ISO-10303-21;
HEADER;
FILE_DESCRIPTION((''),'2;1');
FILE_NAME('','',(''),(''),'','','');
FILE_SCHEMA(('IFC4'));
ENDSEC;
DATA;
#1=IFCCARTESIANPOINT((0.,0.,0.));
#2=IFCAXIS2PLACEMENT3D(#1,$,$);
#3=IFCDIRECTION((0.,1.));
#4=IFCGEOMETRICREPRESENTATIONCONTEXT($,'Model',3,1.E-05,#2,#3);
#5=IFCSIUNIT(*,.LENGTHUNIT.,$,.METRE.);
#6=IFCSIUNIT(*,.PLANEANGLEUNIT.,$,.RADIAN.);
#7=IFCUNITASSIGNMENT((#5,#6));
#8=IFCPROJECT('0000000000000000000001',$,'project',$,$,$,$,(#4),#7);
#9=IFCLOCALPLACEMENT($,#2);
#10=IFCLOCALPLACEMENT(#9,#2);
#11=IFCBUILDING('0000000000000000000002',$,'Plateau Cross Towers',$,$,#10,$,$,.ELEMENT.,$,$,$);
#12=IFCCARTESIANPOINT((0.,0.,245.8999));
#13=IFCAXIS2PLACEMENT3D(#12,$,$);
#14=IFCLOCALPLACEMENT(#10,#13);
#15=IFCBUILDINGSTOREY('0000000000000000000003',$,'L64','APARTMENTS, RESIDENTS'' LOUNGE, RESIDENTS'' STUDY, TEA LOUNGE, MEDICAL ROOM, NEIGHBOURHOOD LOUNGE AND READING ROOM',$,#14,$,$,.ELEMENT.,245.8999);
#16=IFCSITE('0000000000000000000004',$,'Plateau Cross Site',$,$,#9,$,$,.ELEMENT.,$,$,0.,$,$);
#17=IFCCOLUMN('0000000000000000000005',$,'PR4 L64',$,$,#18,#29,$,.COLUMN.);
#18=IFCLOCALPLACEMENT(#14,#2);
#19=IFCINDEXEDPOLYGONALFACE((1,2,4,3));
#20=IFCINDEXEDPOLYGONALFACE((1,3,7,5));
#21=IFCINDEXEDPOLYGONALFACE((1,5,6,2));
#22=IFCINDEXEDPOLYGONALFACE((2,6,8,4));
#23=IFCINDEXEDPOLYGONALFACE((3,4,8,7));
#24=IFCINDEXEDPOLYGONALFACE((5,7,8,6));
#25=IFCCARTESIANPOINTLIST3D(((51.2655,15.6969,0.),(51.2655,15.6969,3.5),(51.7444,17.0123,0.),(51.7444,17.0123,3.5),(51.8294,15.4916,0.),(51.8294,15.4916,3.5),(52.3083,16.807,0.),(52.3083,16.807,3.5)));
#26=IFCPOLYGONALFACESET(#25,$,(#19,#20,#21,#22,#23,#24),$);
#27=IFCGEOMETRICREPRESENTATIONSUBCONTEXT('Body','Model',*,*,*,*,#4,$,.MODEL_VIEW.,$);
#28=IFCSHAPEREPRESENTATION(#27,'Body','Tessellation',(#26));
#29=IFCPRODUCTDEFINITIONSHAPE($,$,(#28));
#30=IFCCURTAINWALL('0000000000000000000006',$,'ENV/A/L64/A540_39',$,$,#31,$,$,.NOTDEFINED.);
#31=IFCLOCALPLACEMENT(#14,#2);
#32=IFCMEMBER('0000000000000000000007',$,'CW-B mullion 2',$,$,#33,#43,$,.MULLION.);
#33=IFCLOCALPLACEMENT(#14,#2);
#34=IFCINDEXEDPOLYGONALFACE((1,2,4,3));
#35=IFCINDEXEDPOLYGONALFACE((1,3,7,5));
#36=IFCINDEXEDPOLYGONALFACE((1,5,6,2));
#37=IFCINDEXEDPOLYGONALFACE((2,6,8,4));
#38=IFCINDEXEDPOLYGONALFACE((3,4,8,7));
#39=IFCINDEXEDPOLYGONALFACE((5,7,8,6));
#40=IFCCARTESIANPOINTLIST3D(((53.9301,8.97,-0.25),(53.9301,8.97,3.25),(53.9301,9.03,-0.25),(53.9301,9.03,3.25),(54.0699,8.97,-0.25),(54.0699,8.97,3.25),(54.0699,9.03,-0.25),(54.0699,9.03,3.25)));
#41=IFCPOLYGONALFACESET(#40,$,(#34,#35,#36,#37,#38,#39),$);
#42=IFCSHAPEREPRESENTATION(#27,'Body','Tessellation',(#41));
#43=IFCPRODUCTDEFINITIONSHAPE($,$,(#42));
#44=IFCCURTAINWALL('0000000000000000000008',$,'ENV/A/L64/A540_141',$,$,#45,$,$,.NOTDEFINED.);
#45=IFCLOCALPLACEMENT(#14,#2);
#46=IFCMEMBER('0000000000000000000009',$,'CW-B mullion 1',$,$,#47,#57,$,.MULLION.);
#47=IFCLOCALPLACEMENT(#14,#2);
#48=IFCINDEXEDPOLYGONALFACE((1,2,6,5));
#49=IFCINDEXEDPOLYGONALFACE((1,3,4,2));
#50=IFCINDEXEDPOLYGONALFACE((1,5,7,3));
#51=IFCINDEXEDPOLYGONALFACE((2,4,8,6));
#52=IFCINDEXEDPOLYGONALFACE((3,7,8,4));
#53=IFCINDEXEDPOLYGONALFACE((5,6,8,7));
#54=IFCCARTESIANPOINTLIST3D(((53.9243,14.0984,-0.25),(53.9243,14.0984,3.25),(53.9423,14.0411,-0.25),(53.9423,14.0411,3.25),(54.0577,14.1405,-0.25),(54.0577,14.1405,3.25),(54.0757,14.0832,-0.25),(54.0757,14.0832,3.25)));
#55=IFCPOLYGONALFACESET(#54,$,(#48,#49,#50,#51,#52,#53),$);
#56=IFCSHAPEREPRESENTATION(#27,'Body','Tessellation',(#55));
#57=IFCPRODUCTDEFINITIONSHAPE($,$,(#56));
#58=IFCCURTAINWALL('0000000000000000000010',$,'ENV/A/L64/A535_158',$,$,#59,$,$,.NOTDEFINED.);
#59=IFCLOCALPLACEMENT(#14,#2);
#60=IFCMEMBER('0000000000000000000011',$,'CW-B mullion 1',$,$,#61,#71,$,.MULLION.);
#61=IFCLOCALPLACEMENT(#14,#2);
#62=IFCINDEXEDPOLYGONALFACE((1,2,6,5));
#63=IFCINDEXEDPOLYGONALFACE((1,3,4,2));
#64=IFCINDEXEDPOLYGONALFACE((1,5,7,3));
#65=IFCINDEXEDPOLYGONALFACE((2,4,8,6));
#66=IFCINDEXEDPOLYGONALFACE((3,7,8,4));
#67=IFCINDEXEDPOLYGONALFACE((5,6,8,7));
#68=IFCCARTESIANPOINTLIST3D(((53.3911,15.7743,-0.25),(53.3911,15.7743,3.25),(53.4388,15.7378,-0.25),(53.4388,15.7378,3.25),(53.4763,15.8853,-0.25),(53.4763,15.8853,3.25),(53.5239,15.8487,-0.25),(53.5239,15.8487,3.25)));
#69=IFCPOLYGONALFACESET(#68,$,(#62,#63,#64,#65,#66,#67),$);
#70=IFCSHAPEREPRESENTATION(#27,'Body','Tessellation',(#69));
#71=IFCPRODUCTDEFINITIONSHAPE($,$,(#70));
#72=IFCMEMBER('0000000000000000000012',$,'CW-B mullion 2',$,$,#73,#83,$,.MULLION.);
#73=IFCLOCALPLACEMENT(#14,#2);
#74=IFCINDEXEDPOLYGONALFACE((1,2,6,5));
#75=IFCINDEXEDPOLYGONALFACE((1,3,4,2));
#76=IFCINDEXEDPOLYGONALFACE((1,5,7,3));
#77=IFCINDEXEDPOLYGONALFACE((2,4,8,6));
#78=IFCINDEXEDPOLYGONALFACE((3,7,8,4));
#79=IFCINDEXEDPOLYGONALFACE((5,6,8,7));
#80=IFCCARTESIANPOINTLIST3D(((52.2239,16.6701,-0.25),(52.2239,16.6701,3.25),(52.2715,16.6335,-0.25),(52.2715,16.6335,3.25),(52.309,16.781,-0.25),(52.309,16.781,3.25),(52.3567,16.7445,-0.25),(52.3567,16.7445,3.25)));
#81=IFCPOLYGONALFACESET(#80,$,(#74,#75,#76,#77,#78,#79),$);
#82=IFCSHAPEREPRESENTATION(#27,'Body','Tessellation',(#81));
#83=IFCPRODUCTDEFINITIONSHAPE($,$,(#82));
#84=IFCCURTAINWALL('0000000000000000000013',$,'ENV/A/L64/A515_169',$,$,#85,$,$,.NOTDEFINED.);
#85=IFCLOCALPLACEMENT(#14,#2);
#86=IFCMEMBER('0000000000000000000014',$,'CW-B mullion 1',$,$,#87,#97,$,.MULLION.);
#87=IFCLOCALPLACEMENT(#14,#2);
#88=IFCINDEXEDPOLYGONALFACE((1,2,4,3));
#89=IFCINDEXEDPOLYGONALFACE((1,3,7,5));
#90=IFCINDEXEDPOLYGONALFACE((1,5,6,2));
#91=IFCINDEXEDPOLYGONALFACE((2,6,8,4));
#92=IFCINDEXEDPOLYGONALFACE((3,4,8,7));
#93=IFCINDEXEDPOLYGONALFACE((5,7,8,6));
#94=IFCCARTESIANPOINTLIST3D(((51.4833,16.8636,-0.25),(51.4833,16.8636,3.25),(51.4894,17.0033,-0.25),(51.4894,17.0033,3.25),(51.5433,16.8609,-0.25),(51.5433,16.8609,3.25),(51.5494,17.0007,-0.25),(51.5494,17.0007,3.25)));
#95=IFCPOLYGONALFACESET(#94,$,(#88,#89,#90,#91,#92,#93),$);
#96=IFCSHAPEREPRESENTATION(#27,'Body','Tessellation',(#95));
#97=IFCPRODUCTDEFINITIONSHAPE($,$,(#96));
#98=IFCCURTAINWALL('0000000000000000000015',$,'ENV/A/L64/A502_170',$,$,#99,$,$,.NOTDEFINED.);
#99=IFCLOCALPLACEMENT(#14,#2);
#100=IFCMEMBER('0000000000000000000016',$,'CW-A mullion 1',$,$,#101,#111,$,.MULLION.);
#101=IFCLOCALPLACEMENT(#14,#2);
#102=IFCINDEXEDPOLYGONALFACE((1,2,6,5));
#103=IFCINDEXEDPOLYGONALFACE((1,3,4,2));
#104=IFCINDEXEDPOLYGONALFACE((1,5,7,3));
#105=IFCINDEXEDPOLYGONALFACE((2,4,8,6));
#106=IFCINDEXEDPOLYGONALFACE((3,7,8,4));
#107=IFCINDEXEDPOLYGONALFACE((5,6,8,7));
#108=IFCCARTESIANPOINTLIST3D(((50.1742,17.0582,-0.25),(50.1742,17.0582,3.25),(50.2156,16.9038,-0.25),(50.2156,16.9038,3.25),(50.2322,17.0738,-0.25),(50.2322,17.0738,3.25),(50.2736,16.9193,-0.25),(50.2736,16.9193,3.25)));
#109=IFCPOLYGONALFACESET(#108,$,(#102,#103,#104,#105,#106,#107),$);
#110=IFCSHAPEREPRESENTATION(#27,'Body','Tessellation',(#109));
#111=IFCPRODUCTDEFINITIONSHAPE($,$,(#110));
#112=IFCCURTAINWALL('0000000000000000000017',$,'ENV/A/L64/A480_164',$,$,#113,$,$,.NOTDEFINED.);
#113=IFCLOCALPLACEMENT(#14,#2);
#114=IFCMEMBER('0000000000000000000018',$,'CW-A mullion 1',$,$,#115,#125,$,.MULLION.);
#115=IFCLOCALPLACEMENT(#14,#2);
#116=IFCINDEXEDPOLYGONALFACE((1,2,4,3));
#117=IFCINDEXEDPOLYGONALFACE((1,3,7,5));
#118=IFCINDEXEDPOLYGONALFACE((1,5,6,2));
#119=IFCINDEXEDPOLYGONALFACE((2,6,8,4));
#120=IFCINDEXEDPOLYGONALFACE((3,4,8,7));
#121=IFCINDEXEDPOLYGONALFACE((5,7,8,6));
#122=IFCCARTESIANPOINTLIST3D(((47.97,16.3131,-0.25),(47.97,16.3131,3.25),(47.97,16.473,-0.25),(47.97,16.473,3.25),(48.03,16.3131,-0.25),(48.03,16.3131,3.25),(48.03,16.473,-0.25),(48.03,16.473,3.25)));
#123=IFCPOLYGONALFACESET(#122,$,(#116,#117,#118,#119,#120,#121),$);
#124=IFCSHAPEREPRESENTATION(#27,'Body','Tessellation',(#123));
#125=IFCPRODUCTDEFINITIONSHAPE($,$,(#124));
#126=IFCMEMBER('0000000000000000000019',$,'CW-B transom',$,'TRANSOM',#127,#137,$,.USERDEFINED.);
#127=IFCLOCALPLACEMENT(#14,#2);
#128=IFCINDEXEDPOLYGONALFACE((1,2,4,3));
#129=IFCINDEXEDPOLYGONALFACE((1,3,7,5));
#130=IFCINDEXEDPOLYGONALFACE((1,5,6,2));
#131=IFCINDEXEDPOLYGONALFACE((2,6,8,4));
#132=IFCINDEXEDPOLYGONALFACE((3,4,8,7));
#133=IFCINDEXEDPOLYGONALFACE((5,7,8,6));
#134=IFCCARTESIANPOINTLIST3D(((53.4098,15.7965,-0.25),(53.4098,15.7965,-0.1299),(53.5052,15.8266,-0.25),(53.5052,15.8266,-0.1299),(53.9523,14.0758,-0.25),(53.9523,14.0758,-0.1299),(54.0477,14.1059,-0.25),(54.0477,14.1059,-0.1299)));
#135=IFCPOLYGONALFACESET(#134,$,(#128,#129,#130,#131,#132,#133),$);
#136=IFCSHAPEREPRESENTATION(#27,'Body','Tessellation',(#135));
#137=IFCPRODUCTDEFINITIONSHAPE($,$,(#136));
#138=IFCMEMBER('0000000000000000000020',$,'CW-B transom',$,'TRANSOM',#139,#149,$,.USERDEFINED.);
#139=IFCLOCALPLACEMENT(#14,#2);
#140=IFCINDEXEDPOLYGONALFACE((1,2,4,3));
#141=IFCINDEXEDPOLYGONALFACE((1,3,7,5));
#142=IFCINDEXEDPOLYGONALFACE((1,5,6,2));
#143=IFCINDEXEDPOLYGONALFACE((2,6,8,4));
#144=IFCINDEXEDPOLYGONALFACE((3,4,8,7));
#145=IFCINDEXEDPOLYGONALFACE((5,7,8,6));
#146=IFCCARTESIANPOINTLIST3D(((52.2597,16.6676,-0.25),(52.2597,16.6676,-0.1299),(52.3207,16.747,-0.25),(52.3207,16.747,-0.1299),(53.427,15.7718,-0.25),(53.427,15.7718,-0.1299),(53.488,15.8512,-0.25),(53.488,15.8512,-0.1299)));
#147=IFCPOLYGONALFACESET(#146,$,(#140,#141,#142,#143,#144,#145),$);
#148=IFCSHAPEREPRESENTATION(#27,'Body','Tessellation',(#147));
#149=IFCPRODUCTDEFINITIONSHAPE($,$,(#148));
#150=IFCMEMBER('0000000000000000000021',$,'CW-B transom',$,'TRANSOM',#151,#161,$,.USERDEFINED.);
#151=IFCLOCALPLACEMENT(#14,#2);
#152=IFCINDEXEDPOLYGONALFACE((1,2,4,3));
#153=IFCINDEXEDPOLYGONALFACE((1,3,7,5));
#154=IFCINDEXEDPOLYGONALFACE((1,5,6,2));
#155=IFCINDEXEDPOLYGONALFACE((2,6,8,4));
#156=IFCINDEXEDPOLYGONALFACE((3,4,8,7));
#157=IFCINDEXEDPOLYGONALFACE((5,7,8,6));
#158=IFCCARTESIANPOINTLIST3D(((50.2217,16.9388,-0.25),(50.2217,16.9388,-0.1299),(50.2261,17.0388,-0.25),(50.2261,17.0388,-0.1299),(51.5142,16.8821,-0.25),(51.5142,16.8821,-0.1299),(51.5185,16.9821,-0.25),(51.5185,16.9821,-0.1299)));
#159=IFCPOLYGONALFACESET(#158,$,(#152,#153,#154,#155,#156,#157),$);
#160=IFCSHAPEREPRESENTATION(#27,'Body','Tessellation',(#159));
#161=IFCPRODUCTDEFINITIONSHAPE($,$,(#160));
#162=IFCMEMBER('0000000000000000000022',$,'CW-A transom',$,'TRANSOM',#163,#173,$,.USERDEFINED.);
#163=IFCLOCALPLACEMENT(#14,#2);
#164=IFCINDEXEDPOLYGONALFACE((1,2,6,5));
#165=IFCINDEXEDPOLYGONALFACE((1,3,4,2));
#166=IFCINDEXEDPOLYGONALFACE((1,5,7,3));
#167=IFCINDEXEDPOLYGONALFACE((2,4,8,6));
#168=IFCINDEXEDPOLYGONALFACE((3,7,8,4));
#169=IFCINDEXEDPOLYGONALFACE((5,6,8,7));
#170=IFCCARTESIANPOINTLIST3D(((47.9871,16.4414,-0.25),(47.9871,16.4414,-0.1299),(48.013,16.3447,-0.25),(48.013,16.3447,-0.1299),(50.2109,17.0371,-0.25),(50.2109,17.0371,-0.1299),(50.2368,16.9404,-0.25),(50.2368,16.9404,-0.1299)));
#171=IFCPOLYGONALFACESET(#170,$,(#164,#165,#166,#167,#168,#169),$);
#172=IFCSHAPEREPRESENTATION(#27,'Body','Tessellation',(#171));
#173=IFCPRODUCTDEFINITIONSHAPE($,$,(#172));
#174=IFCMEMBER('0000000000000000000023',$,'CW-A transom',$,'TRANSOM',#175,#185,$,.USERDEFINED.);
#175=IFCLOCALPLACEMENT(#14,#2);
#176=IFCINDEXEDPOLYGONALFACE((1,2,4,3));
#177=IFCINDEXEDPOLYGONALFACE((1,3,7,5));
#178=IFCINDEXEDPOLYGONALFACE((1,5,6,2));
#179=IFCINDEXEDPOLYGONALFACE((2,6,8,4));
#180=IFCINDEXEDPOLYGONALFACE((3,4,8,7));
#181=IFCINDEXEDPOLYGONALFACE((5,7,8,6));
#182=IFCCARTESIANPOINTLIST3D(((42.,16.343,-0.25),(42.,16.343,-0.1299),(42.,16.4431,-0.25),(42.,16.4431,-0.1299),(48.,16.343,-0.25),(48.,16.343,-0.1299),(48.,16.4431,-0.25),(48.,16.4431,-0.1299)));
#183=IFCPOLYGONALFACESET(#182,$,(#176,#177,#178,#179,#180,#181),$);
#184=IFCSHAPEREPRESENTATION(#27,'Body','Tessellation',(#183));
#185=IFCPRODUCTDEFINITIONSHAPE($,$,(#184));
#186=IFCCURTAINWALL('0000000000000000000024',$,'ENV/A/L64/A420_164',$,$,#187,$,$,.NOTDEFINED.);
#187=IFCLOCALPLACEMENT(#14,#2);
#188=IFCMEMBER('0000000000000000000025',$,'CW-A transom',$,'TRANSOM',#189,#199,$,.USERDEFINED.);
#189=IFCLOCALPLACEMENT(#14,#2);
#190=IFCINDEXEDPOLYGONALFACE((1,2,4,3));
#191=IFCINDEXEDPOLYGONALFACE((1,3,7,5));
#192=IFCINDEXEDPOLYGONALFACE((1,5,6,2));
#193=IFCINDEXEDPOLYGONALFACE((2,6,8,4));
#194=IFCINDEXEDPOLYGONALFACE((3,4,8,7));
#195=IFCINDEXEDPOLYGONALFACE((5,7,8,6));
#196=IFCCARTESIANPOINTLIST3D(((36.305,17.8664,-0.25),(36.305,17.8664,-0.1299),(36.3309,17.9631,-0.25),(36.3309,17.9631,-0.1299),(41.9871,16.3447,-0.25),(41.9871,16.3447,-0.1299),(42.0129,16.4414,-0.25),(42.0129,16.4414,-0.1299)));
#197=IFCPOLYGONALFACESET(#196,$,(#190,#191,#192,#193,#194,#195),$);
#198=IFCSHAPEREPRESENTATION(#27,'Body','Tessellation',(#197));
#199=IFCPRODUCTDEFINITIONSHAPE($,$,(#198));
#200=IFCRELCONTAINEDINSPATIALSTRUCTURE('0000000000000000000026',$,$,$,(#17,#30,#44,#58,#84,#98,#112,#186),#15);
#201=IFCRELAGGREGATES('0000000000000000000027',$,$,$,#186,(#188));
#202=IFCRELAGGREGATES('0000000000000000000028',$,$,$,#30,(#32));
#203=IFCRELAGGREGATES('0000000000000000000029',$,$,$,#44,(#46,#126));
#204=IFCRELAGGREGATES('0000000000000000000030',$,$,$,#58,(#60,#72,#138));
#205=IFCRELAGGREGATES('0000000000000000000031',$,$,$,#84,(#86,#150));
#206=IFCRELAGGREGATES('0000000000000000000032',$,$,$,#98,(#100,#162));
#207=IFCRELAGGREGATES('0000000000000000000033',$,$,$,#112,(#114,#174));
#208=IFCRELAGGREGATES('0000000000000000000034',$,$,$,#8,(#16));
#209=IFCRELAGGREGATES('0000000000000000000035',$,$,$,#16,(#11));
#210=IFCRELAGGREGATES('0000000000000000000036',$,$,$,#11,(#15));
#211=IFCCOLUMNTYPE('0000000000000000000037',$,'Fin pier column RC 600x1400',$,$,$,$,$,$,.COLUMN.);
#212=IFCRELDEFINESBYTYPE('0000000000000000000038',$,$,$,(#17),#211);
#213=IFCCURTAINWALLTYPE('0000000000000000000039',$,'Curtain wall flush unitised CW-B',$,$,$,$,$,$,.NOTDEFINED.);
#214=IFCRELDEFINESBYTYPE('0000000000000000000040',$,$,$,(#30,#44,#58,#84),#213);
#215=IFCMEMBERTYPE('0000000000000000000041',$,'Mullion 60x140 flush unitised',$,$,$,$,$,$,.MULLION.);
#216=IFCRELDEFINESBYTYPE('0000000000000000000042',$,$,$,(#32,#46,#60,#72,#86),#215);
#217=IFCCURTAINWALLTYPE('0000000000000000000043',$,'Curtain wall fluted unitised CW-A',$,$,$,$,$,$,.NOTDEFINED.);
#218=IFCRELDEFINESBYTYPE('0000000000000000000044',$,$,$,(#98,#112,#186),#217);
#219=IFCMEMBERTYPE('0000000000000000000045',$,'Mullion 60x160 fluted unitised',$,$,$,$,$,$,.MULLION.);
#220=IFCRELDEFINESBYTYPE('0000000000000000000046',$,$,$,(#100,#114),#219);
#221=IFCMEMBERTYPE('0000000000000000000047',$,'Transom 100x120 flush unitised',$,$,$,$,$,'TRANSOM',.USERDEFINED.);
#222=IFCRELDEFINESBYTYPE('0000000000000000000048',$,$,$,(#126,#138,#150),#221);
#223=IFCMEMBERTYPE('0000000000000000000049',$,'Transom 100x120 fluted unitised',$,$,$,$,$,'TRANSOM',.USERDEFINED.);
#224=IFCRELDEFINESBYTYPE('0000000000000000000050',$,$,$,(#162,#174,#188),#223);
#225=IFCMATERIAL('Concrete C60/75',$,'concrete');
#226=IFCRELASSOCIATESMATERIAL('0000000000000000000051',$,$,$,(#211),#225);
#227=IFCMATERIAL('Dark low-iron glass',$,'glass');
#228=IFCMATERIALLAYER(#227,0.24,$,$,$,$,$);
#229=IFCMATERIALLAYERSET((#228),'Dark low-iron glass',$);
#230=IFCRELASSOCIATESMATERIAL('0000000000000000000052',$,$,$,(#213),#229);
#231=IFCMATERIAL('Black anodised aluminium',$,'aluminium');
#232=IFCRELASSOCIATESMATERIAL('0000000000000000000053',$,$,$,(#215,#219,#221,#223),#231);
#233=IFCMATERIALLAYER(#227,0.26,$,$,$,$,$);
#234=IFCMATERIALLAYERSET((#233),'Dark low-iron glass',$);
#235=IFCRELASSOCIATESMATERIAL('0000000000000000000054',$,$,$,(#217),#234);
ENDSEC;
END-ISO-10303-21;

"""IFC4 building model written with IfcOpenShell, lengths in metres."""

from ifc_helpers import new_model, si_unit, direction, frame, origin, origin_2d, place, context, subcontext, project, spatial, rectangle, extrude, material, layer, layer_set, material_profile, profile_set, type_object, element, aggregate, save


model = new_model("IFC4")

# Units and contexts
model_context = context("Model", 3, precision=1e-05, world=origin(), true_north=direction((0.0, 1.0)))
body_context = subcontext(model_context, "Body", "Model", "MODEL_VIEW")
ifc_project = project(units=[si_unit("LENGTHUNIT", "METRE"), si_unit("PLANEANGLEUNIT", "RADIAN")], contexts=[model_context])

# Site, building, storey
site_placement = place(None, origin())
site = spatial("IfcSite", under=ifc_project, at=site_placement, Name="Plateau Cross Site", CompositionType="ELEMENT", RefElevation=0.0)
building_placement = place(site_placement, origin())
building = spatial("IfcBuilding", under=site, at=building_placement, Name="Plateau Cross Towers", CompositionType="ELEMENT")
storey_placement = place(building_placement, frame((0.0, 0.0, 245.8999)))
storey = spatial("IfcBuildingStorey", under=building, at=storey_placement, Name="L64", Description="APARTMENTS, RESIDENTS' LOUNGE, RESIDENTS' STUDY, TEA LOUNGE, MEDICAL ROOM, NEIGHBOURHOOD LOUNGE AND READING ROOM", CompositionType="ELEMENT", Elevation=245.8999)

# Column
ifc_material_1 = material(Name="Concrete C60/75", Category="concrete")
ifc_material_profile_1 = material_profile(ifc_material_1, rectangle(XDim=0.6001, YDim=1.3999, at=origin_2d()), Name="RC 600x1400")
ifc_profile_set_1 = profile_set([ifc_material_profile_1], Name="Concrete C60/75")
column_type = type_object("IfcColumnType", Name="Fin pier column RC 600x1400", PredefinedType="COLUMN", material=ifc_profile_set_1)
column_placement = place(storey_placement, frame((51.7869, 16.252, 0.0), z_axis=(0.0, 0.0, 1.0), x_axis=(-0.939664, 0.342098, 0.0)))
element("IfcColumn", 1, at=column_placement, inside=storey, type_object=column_type, Name="PR4 L64", PredefinedType="COLUMN", context=body_context, shape_type="SweptSolid", body=[
    extrude(rectangle(XDim=0.6001, YDim=1.3999, at=origin_2d()), origin(), (0.0, 0.0, 1.0), 3.5),
])

# Curtain walls, members
ifc_material_2 = material(Name="Dark low-iron glass", Category="glass")
ifc_layer_1 = layer(ifc_material_2, 0.24)
ifc_layer_set_1 = layer_set([ifc_layer_1], Name="Dark low-iron glass")
curtain_wall_type_1 = type_object("IfcCurtainWallType", Name="Curtain wall flush unitised CW-B", PredefinedType="NOTDEFINED", material=ifc_layer_set_1)
curtain_wall_1_placement = place(storey_placement, origin())
curtain_wall_1 = element("IfcCurtainWall", 2, at=curtain_wall_1_placement, inside=storey, type_object=curtain_wall_type_1, Name="ENV/A/L64/A540_39", PredefinedType="NOTDEFINED")
ifc_material_3 = material(Name="Black anodised aluminium", Category="aluminium")
ifc_material_profile_2 = material_profile(ifc_material_3, rectangle(XDim=0.0601, YDim=0.1399, at=origin_2d()), Name="MULLION 60x140")
ifc_profile_set_2 = profile_set([ifc_material_profile_2], Name="Black anodised aluminium")
member_type_1 = type_object("IfcMemberType", Name="Mullion 60x140 flush unitised", PredefinedType="MULLION", material=ifc_profile_set_2)
member_1_placement = place(storey_placement, frame((54.0, 9.0, -0.25), z_axis=(0.0, 0.0, 1.0), x_axis=(0.0, 1.0, 0.0)))
member_1 = element("IfcMember", 3, at=member_1_placement, type_object=member_type_1, Name="CW-B mullion 2", PredefinedType="MULLION", context=body_context, shape_type="SweptSolid", body=[
    extrude(rectangle(XDim=0.0601, YDim=0.1399, at=origin_2d()), origin(), (0.0, 0.0, 1.0), 3.5),
])
curtain_wall_2_placement = place(storey_placement, origin())
curtain_wall_2 = element("IfcCurtainWall", 4, at=curtain_wall_2_placement, inside=storey, type_object=curtain_wall_type_1, Name="ENV/A/L64/A540_141", PredefinedType="NOTDEFINED")
member_2_placement = place(storey_placement, frame((54.0, 14.0908, -0.25), z_axis=(0.0, 0.0, 1.0), x_axis=(-0.300686, 0.953723, 0.0)))
member_2 = element("IfcMember", 5, at=member_2_placement, type_object=member_type_1, Name="CW-B mullion 1", PredefinedType="MULLION", context=body_context, shape_type="SweptSolid", body=[
    extrude(rectangle(XDim=0.0601, YDim=0.1399, at=origin_2d()), origin(), (0.0, 0.0, 1.0), 3.5),
])

# Curtain wall, members
curtain_wall_3_placement = place(storey_placement, origin())
curtain_wall_3 = element("IfcCurtainWall", 6, at=curtain_wall_3_placement, inside=storey, type_object=curtain_wall_type_1, Name="ENV/A/L64/A535_158", PredefinedType="NOTDEFINED")
member_3_placement = place(storey_placement, frame((53.4575, 15.8115, -0.25), z_axis=(0.0, 0.0, 1.0), x_axis=(-0.793316, 0.608811, 0.0)))
member_3 = element("IfcMember", 7, at=member_3_placement, type_object=member_type_1, Name="CW-B mullion 1", PredefinedType="MULLION", context=body_context, shape_type="SweptSolid", body=[
    extrude(rectangle(XDim=0.0601, YDim=0.1399, at=origin_2d()), origin(), (0.0, 0.0, 1.0), 3.5),
])
member_4_placement = place(storey_placement, frame((52.2903, 16.7073, -0.25), z_axis=(0.0, 0.0, 1.0), x_axis=(-0.793316, 0.608811, 0.0)))
member_4 = element("IfcMember", 8, at=member_4_placement, type_object=member_type_1, Name="CW-B mullion 2", PredefinedType="MULLION", context=body_context, shape_type="SweptSolid", body=[
    extrude(rectangle(XDim=0.0601, YDim=0.1399, at=origin_2d()), origin(), (0.0, 0.0, 1.0), 3.5),
])

# Curtain walls, members
curtain_wall_4_placement = place(storey_placement, origin())
curtain_wall_4 = element("IfcCurtainWall", 9, at=curtain_wall_4_placement, inside=storey, type_object=curtain_wall_type_1, Name="ENV/A/L64/A515_169", PredefinedType="NOTDEFINED")
member_5_placement = place(storey_placement, frame((51.5164, 16.9321, -0.25), z_axis=(0.0, 0.0, 1.0), x_axis=(-0.999044, 0.043723, 0.0)))
member_5 = element("IfcMember", 10, at=member_5_placement, type_object=member_type_1, Name="CW-B mullion 1", PredefinedType="MULLION", context=body_context, shape_type="SweptSolid", body=[
    extrude(rectangle(XDim=0.0601, YDim=0.1399, at=origin_2d()), origin(), (0.0, 0.0, 1.0), 3.5),
])
ifc_layer_2 = layer(ifc_material_2, 0.26)
ifc_layer_set_2 = layer_set([ifc_layer_2], Name="Dark low-iron glass")
curtain_wall_type_2 = type_object("IfcCurtainWallType", Name="Curtain wall fluted unitised CW-A", PredefinedType="NOTDEFINED", material=ifc_layer_set_2)
curtain_wall_5_placement = place(storey_placement, origin())
curtain_wall_5 = element("IfcCurtainWall", 11, at=curtain_wall_5_placement, inside=storey, type_object=curtain_wall_type_2, Name="ENV/A/L64/A502_170", PredefinedType="NOTDEFINED")
ifc_material_profile_3 = material_profile(ifc_material_3, rectangle(XDim=0.0601, YDim=0.1599, at=origin_2d()), Name="MULLION 60x160")
ifc_profile_set_3 = profile_set([ifc_material_profile_3], Name="Black anodised aluminium")
member_type_2 = type_object("IfcMemberType", Name="Mullion 60x160 fluted unitised", PredefinedType="MULLION", material=ifc_profile_set_3)
member_6_placement = place(storey_placement, frame((50.2239, 16.9888, -0.25), z_axis=(0.0, 0.0, 1.0), x_axis=(-0.965958, -0.258699, 0.0)))
member_6 = element("IfcMember", 12, at=member_6_placement, type_object=member_type_2, Name="CW-A mullion 1", PredefinedType="MULLION", context=body_context, shape_type="SweptSolid", body=[
    extrude(rectangle(XDim=0.0601, YDim=0.1599, at=origin_2d()), origin(), (0.0, 0.0, 1.0), 3.5),
])
curtain_wall_6_placement = place(storey_placement, origin())
curtain_wall_6 = element("IfcCurtainWall", 13, at=curtain_wall_6_placement, inside=storey, type_object=curtain_wall_type_2, Name="ENV/A/L64/A480_164", PredefinedType="NOTDEFINED")
member_7_placement = place(storey_placement, frame((48.0, 16.3931, -0.25), z_axis=(0.0, 0.0, 1.0), x_axis=(-1.0, 0.0, 0.0)))
member_7 = element("IfcMember", 14, at=member_7_placement, type_object=member_type_2, Name="CW-A mullion 1", PredefinedType="MULLION", context=body_context, shape_type="SweptSolid", body=[
    extrude(rectangle(XDim=0.0601, YDim=0.1599, at=origin_2d()), origin(), (0.0, 0.0, 1.0), 3.5),
])

# Members
ifc_material_profile_4 = material_profile(ifc_material_3, rectangle(XDim=0.1001, YDim=0.1201, at=origin_2d()), Name="TRANSOM 100x120")
ifc_profile_set_4 = profile_set([ifc_material_profile_4], Name="Black anodised aluminium")
member_type_3 = type_object("IfcMemberType", Name="Transom 100x120 flush unitised", ElementType="TRANSOM", PredefinedType="USERDEFINED", material=ifc_profile_set_4)
member_8_placement = place(storey_placement, frame((54.0, 14.0908, -0.1899), z_axis=(-0.300678, 0.953726, 0.0), x_axis=(-0.953726, -0.300678, 0.0)))
member_8 = element("IfcMember", 15, at=member_8_placement, type_object=member_type_3, Name="CW-B transom", ObjectType="TRANSOM", PredefinedType="USERDEFINED", context=body_context, shape_type="SweptSolid", body=[
    extrude(rectangle(XDim=0.1001, YDim=0.1201, at=origin_2d()), origin(), (0.0, 0.0, 1.0), 1.8042),
])
member_9_placement = place(storey_placement, frame((53.4575, 15.8115, -0.1899), z_axis=(-0.793321, 0.608804, 0.0), x_axis=(-0.608804, -0.793321, 0.0)))
member_9 = element("IfcMember", 16, at=member_9_placement, type_object=member_type_3, Name="CW-B transom", ObjectType="TRANSOM", PredefinedType="USERDEFINED", context=body_context, shape_type="SweptSolid", body=[
    extrude(rectangle(XDim=0.1001, YDim=0.1201, at=origin_2d()), origin(), (0.0, 0.0, 1.0), 1.4714),
])
member_10_placement = place(storey_placement, frame((51.5164, 16.9321, -0.1899), z_axis=(-0.999041, 0.043781, 0.0), x_axis=(-0.043781, -0.999041, 0.0)))
member_10 = element("IfcMember", 17, at=member_10_placement, type_object=member_type_3, Name="CW-B transom", ObjectType="TRANSOM", PredefinedType="USERDEFINED", context=body_context, shape_type="SweptSolid", body=[
    extrude(rectangle(XDim=0.1001, YDim=0.1201, at=origin_2d()), origin(), (0.0, 0.0, 1.0), 1.2937),
])
ifc_material_profile_5 = material_profile(ifc_material_3, rectangle(XDim=0.1001, YDim=0.1201, at=origin_2d()), Name="TRANSOM 100x120")
ifc_profile_set_5 = profile_set([ifc_material_profile_5], Name="Black anodised aluminium")
member_type_4 = type_object("IfcMemberType", Name="Transom 100x120 fluted unitised", ElementType="TRANSOM", PredefinedType="USERDEFINED", material=ifc_profile_set_5)
member_11_placement = place(storey_placement, frame((50.2239, 16.9888, -0.1899), z_axis=(-0.965946, -0.258745, 0.0), x_axis=(0.258745, -0.965946, 0.0)))
member_11 = element("IfcMember", 18, at=member_11_placement, type_object=member_type_4, Name="CW-A transom", ObjectType="TRANSOM", PredefinedType="USERDEFINED", context=body_context, shape_type="SweptSolid", body=[
    extrude(rectangle(XDim=0.1001, YDim=0.1201, at=origin_2d()), origin(), (0.0, 0.0, 1.0), 2.3022),
])
member_12_placement = place(storey_placement, frame((48.0, 16.3931, -0.1899), z_axis=(-1.0, 0.0, 0.0), x_axis=(0.0, -1.0, 0.0)))
member_12 = element("IfcMember", 19, at=member_12_placement, type_object=member_type_4, Name="CW-A transom", ObjectType="TRANSOM", PredefinedType="USERDEFINED", context=body_context, shape_type="SweptSolid", body=[
    extrude(rectangle(XDim=0.1001, YDim=0.1201, at=origin_2d()), origin(), (0.0, 0.0, 1.0), 6.0),
])

# Curtain wall, member
curtain_wall_7_placement = place(storey_placement, origin())
curtain_wall_7 = element("IfcCurtainWall", 20, at=curtain_wall_7_placement, inside=storey, type_object=curtain_wall_type_2, Name="ENV/A/L64/A420_164", PredefinedType="NOTDEFINED")
member_13_placement = place(storey_placement, frame((42.0, 16.3931, -0.1899), z_axis=(-0.96596, 0.258693, 0.0), x_axis=(-0.258693, -0.96596, 0.0)))
member_13 = element("IfcMember", 21, at=member_13_placement, type_object=member_type_4, Name="CW-A transom", ObjectType="TRANSOM", PredefinedType="USERDEFINED", context=body_context, shape_type="SweptSolid", body=[
    extrude(rectangle(XDim=0.1001, YDim=0.1201, at=origin_2d()), origin(), (0.0, 0.0, 1.0), 5.8823),
])
aggregate(curtain_wall_7, [member_13])

aggregate(curtain_wall_1, [member_1])
aggregate(curtain_wall_2, [member_2, member_8])
aggregate(curtain_wall_3, [member_3, member_4, member_9])
aggregate(curtain_wall_4, [member_5, member_10])
aggregate(curtain_wall_5, [member_6, member_11])
aggregate(curtain_wall_6, [member_7, member_12])

save(model, "model.ifc")
